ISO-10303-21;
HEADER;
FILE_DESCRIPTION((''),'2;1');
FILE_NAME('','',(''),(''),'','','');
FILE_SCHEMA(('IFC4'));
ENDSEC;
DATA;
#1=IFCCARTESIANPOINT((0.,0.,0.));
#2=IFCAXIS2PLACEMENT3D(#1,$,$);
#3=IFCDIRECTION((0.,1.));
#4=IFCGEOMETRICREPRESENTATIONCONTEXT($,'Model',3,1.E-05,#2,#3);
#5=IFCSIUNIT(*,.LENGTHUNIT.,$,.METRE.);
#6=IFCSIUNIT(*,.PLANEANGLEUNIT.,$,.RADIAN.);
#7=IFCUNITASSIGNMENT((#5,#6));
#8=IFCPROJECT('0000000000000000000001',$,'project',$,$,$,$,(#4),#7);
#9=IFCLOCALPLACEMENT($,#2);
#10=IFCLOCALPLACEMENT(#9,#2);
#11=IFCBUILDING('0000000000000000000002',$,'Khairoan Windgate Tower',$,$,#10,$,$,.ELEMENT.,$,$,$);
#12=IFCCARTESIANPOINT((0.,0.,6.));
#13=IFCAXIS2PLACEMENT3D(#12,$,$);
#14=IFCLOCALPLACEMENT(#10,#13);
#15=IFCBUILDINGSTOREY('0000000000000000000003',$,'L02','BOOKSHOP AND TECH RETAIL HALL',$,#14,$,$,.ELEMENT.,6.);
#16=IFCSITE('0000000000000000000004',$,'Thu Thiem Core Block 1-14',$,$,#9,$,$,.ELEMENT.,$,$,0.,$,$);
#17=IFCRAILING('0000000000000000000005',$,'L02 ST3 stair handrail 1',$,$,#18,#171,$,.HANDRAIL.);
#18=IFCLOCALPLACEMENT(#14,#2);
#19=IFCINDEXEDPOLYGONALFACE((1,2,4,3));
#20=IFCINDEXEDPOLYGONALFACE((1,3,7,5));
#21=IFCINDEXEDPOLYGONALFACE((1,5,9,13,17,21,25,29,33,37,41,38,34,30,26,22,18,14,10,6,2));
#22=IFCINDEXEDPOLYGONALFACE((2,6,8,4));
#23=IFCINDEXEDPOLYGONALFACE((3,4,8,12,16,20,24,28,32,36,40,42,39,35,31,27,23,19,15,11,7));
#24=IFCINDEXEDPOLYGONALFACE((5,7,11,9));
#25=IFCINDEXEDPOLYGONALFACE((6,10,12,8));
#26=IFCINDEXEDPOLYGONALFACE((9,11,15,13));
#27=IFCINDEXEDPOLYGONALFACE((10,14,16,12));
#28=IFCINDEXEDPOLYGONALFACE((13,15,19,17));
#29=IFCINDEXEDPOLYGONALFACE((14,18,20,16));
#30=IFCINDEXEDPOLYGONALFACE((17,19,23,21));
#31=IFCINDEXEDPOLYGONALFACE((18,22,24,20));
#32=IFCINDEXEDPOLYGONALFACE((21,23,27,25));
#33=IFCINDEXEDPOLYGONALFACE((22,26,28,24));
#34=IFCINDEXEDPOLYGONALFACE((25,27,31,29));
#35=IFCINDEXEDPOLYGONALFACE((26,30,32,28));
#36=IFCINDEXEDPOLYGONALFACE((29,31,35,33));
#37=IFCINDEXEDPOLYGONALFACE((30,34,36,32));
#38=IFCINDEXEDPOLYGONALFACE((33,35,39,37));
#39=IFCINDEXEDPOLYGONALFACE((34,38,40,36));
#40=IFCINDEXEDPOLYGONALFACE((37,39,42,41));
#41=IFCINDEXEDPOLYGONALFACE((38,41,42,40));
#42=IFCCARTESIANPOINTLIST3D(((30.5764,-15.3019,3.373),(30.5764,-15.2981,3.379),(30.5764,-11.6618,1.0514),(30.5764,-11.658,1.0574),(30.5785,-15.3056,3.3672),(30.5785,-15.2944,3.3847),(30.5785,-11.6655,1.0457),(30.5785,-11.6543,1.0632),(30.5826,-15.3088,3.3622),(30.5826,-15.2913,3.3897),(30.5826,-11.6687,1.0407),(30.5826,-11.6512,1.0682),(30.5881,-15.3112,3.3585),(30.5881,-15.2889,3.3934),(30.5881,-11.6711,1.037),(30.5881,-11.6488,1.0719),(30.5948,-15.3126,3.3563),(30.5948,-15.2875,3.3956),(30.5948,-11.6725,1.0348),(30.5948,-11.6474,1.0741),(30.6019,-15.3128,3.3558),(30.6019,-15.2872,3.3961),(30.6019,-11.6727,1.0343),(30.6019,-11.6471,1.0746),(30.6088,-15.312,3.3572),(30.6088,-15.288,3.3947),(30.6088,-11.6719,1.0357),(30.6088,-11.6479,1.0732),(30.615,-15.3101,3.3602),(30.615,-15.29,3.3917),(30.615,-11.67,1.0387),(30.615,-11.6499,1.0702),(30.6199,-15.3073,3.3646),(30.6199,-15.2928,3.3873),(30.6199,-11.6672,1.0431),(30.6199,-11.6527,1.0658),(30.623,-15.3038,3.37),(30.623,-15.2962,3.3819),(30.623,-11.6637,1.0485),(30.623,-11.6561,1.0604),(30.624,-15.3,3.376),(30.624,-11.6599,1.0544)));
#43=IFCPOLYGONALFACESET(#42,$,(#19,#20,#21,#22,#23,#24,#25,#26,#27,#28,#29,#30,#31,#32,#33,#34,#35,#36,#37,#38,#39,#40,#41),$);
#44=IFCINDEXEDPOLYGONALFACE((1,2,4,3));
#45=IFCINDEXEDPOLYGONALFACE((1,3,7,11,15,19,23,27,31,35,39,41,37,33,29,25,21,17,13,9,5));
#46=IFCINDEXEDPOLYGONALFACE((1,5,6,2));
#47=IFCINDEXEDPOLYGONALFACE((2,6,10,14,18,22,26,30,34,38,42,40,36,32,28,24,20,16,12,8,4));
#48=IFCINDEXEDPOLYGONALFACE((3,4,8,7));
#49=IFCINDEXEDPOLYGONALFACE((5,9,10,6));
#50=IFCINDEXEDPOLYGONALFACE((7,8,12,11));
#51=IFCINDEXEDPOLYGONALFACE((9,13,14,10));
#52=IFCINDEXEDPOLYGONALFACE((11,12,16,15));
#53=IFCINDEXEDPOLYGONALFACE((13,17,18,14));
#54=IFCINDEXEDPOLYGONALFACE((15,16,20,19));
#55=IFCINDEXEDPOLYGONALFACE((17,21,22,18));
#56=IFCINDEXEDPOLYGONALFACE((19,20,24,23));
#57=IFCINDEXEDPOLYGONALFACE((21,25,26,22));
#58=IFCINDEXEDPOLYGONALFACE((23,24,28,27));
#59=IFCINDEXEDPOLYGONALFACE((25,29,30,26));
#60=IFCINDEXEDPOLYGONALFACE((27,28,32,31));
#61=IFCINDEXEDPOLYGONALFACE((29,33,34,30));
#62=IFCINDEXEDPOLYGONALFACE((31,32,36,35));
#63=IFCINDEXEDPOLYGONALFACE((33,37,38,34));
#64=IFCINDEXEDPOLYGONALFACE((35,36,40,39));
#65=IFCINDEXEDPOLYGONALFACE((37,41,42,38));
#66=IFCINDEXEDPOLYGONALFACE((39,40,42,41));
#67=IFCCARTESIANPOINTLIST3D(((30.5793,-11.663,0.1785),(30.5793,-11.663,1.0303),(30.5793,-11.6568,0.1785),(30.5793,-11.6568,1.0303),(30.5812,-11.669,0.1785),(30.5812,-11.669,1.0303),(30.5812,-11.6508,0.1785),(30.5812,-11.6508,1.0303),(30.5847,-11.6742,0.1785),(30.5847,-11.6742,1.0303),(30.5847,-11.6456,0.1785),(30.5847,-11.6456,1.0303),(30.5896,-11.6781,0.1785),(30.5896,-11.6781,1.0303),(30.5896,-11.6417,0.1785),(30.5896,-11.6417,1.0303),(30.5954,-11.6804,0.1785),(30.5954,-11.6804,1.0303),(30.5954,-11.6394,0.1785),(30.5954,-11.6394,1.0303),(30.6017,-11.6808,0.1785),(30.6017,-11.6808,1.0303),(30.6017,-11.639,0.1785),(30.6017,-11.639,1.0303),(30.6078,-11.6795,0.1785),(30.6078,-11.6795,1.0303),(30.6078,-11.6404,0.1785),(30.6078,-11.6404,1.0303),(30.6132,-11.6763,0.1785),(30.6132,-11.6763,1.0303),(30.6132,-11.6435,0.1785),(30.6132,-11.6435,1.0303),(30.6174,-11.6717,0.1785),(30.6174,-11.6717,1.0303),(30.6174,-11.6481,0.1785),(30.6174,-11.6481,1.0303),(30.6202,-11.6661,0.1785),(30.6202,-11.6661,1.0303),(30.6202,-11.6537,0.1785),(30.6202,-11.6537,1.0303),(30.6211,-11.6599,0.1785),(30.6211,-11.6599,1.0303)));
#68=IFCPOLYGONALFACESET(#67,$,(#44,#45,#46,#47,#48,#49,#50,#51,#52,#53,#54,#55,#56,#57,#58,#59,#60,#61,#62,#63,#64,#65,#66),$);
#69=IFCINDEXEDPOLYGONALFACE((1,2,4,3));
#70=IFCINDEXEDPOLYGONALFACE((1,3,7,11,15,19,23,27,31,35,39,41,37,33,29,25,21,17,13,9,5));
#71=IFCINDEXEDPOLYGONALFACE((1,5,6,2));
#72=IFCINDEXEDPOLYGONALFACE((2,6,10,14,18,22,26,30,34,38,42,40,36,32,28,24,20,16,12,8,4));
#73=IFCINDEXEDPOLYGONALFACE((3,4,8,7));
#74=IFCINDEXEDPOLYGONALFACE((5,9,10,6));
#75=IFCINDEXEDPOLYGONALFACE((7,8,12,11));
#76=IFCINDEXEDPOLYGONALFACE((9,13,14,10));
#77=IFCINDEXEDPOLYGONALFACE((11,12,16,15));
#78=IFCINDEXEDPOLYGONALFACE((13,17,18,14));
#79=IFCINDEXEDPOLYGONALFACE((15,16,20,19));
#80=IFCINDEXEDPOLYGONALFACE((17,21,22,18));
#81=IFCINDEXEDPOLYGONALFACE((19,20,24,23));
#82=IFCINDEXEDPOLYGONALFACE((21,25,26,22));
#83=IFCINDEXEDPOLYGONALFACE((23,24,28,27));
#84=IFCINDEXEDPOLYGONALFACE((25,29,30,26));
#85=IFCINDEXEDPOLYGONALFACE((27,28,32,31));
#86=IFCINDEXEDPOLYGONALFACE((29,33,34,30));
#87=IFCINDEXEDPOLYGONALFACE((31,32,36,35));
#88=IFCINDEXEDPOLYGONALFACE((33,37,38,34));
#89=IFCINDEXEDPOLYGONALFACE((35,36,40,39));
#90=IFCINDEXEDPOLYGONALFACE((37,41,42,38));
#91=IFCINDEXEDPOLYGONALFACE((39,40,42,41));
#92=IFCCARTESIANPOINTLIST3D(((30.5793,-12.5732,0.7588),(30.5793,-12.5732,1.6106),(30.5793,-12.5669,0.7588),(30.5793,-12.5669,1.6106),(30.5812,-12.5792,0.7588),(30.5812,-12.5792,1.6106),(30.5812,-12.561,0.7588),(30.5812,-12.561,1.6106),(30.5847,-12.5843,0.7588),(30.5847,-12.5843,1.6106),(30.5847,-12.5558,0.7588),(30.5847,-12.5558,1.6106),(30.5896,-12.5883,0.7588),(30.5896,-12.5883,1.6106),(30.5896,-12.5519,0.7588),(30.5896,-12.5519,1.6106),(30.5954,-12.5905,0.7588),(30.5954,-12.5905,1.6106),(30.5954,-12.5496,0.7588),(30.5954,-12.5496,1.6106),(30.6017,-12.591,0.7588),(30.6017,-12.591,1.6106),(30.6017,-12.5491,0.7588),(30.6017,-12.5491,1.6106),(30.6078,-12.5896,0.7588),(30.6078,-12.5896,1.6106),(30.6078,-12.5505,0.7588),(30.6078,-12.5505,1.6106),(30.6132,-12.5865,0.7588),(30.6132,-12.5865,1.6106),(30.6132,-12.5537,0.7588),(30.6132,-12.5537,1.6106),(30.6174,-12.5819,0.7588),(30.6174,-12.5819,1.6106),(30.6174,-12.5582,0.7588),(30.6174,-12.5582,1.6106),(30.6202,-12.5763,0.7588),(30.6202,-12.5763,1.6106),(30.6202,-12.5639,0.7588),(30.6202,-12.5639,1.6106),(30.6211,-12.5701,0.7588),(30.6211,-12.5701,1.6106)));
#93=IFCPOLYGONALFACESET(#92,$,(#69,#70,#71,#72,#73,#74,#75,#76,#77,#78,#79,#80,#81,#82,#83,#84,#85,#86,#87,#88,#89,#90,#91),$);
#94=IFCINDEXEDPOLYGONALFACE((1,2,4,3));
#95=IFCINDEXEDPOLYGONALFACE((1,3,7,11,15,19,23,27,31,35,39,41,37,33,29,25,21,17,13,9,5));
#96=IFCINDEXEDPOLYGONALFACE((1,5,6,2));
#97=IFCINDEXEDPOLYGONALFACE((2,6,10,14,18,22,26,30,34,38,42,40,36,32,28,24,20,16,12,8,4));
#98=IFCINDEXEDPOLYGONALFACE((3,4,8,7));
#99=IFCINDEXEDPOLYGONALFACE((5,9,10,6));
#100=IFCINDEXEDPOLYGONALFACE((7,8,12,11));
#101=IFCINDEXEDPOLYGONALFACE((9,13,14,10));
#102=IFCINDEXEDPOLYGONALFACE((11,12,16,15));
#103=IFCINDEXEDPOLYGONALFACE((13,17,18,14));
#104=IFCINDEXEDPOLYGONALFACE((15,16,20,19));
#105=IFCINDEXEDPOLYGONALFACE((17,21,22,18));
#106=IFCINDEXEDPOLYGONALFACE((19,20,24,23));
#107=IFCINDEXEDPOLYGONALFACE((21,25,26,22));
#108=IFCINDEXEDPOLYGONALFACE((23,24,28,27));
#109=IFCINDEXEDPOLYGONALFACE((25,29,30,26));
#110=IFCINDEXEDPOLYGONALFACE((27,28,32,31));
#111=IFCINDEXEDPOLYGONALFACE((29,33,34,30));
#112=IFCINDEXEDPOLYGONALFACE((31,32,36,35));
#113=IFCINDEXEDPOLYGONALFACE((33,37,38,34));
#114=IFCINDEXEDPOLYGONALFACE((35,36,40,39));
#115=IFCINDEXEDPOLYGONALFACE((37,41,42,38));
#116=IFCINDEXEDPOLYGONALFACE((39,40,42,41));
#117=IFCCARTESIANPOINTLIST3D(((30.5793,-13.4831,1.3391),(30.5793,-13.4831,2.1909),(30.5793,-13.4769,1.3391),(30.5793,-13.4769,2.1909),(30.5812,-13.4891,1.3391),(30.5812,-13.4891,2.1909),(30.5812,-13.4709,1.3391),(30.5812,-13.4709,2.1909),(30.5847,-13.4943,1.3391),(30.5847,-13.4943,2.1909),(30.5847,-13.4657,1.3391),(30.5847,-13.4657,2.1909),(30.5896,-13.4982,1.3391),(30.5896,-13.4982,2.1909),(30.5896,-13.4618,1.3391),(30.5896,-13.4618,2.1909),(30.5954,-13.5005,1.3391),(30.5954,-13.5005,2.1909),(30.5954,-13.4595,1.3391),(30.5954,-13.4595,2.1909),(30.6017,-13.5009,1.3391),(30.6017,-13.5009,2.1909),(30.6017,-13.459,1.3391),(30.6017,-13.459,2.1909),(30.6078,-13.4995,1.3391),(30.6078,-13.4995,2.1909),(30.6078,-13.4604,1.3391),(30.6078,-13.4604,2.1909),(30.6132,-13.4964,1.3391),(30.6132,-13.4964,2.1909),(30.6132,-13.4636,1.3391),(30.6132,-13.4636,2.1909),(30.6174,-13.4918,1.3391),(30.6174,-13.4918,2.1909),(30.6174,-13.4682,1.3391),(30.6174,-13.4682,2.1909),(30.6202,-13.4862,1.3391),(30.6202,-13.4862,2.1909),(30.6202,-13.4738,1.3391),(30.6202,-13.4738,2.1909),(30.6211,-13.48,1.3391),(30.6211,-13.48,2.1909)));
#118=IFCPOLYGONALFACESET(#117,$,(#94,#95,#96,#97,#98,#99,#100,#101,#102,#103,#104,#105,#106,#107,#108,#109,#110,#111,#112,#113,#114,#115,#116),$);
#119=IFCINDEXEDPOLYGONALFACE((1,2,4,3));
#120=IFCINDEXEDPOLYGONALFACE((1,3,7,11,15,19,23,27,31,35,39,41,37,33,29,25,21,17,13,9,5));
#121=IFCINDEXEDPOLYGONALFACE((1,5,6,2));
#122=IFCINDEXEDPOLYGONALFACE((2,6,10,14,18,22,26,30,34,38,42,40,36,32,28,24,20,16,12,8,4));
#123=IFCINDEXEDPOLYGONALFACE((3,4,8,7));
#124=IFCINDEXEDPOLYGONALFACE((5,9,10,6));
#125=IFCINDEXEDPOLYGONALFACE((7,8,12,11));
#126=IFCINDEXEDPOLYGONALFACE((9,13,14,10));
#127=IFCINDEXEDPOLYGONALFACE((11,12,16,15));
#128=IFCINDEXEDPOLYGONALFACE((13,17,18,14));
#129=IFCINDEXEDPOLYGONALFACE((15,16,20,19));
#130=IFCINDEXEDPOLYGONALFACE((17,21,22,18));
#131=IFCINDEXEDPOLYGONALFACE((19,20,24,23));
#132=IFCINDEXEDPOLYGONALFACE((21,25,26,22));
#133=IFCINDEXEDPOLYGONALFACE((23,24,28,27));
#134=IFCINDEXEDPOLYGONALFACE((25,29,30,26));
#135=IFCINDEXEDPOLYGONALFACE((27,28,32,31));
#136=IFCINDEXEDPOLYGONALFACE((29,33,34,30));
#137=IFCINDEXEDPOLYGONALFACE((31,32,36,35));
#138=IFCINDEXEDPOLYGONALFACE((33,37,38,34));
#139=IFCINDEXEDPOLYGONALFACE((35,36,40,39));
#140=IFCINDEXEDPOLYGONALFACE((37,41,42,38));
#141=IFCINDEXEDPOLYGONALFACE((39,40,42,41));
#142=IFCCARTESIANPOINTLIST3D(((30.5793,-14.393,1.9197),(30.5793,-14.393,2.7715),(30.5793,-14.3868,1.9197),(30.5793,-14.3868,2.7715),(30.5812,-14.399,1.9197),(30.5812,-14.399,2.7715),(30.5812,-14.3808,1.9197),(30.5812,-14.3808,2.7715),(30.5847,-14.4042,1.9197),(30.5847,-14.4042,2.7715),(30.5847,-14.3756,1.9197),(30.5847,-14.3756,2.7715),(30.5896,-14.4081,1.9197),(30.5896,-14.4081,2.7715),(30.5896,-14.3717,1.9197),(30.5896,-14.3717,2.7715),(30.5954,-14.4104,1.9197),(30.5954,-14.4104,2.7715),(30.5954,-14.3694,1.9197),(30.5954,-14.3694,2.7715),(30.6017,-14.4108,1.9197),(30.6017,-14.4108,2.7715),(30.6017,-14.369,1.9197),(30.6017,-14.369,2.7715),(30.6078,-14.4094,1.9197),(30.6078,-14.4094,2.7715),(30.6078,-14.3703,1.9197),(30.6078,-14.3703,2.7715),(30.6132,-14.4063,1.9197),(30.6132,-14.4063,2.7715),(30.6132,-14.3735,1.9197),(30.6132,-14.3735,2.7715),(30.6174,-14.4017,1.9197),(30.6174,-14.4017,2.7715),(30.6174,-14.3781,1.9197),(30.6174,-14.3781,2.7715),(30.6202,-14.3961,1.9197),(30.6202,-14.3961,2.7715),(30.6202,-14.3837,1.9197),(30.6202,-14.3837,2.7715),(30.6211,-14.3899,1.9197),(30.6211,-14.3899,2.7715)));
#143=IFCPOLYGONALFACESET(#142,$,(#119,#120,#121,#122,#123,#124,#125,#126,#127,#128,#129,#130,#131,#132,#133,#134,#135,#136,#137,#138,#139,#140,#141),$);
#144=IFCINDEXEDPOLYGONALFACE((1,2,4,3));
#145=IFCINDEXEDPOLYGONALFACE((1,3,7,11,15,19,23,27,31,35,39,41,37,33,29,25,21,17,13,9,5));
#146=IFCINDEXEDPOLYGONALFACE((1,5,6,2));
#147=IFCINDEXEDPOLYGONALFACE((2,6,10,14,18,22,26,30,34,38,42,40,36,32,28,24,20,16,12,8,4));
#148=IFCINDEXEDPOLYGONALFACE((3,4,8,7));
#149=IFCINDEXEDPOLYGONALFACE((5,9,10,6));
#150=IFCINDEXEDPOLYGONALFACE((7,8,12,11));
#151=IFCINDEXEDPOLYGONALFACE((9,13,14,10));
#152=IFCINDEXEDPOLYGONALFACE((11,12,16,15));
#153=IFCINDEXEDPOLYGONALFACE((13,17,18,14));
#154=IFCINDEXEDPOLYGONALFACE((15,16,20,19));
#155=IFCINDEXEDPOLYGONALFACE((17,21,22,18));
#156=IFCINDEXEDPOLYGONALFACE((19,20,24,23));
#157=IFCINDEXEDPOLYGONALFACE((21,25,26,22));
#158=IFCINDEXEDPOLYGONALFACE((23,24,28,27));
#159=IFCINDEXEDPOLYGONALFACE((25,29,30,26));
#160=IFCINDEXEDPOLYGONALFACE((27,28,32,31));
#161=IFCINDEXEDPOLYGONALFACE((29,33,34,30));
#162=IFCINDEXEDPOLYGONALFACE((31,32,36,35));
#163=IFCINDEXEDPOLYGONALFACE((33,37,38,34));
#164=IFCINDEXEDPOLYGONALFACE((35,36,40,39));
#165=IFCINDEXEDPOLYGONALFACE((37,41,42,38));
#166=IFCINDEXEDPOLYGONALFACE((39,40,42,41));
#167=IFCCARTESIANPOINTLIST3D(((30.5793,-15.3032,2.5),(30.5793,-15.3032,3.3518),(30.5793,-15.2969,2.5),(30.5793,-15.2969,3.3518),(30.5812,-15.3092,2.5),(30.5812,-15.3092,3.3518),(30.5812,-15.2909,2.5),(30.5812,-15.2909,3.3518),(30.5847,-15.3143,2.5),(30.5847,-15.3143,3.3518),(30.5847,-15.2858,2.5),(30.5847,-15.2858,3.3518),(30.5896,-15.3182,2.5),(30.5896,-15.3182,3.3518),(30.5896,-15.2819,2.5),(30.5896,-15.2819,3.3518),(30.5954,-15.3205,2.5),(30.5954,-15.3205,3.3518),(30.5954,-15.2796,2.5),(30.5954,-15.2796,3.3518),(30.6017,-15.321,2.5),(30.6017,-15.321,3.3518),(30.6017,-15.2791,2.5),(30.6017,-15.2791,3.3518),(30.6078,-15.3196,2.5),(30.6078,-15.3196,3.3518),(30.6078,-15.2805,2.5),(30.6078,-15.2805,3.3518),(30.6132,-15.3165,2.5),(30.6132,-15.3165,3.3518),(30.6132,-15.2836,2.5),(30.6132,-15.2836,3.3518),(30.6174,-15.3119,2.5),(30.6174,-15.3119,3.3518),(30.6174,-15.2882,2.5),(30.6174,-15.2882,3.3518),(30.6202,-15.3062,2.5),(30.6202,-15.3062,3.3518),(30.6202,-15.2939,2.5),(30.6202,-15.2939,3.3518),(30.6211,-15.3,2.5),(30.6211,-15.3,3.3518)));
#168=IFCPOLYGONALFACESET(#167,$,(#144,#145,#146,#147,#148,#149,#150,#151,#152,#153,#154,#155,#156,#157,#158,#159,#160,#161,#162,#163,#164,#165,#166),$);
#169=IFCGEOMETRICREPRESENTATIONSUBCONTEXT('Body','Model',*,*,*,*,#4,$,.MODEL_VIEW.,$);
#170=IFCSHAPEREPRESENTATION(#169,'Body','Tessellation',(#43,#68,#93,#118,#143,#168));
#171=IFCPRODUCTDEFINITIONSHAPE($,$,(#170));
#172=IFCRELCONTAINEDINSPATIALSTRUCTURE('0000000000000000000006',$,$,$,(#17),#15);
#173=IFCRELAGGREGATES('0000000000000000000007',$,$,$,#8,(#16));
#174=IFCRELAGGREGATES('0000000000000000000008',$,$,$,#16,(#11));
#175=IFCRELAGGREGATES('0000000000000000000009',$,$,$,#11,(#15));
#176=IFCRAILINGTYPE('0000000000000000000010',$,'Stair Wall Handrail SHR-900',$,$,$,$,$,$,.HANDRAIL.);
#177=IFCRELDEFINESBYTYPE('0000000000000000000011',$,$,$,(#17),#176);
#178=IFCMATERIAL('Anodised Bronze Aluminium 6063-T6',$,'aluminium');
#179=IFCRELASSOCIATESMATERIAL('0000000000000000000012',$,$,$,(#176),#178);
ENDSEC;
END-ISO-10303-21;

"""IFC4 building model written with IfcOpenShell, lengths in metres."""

from ifc_helpers import new_model, si_unit, direction, frame, origin, origin_2d, place, context, subcontext, project, spatial, circle, extrude, material, type_object, element, save


model = new_model("IFC4")

# Units and contexts
model_context = context("Model", 3, precision=1e-05, world=origin(), true_north=direction((0.0, 1.0)))
body_context = subcontext(model_context, "Body", "Model", "MODEL_VIEW")
ifc_project = project(units=[si_unit("LENGTHUNIT", "METRE"), si_unit("PLANEANGLEUNIT", "RADIAN")], contexts=[model_context])

# Site, building, storey
site_placement = place(None, origin())
site = spatial("IfcSite", under=ifc_project, at=site_placement, Name="Thu Thiem Core Block 1-14", CompositionType="ELEMENT", RefElevation=0.0)
building_placement = place(site_placement, origin())
building = spatial("IfcBuilding", under=site, at=building_placement, Name="Khairoan Windgate Tower", CompositionType="ELEMENT")
storey_placement = place(building_placement, frame((0.0, 0.0, 6.0)))
storey = spatial("IfcBuildingStorey", under=building, at=storey_placement, Name="L02", Description="BOOKSHOP AND TECH RETAIL HALL", CompositionType="ELEMENT", Elevation=6.0)

# Railing
ifc_material_1 = material(Name="Anodised Bronze Aluminium 6063-T6", Category="aluminium")
railing_type_1 = type_object("IfcRailingType", Name="Stair Wall Handrail SHR-900", PredefinedType="HANDRAIL", material=ifc_material_1)
railing_1_placement = place(storey_placement, frame((30.6001, -11.6599, 0.1785)))
element("IfcRailing", 1, at=railing_1_placement, inside=storey, type_object=railing_type_1, Name="L02 ST3 stair handrail 1", PredefinedType="HANDRAIL", context=body_context, shape_type="SweptSolid", body=[
    extrude(circle(Radius=0.0239, at=origin_2d()), frame((0.0, 0.0, 0.876), z_axis=(0.0, -0.843128, 0.537713), x_axis=(1.0, 0.0, 0.0)), (0.0, 0.0, 1.0), 4.3174),
    extrude(circle(Radius=0.021, at=origin_2d()), origin(), (0.0, 0.0, 1.0), 0.8518),
    extrude(circle(Radius=0.021, at=origin_2d()), frame((0.0, -0.9102, 0.5803)), (0.0, 0.0, 1.0), 0.8518),
    extrude(circle(Radius=0.021, at=origin_2d()), frame((0.0, -1.8201, 1.1606)), (0.0, 0.0, 1.0), 0.8518),
    extrude(circle(Radius=0.021, at=origin_2d()), frame((0.0, -2.73, 1.7412)), (0.0, 0.0, 1.0), 0.8518),
    extrude(circle(Radius=0.021, at=origin_2d()), frame((0.0, -3.6401, 2.3215)), (0.0, 0.0, 1.0), 0.8518),
])

save(model, "model.ifc")
